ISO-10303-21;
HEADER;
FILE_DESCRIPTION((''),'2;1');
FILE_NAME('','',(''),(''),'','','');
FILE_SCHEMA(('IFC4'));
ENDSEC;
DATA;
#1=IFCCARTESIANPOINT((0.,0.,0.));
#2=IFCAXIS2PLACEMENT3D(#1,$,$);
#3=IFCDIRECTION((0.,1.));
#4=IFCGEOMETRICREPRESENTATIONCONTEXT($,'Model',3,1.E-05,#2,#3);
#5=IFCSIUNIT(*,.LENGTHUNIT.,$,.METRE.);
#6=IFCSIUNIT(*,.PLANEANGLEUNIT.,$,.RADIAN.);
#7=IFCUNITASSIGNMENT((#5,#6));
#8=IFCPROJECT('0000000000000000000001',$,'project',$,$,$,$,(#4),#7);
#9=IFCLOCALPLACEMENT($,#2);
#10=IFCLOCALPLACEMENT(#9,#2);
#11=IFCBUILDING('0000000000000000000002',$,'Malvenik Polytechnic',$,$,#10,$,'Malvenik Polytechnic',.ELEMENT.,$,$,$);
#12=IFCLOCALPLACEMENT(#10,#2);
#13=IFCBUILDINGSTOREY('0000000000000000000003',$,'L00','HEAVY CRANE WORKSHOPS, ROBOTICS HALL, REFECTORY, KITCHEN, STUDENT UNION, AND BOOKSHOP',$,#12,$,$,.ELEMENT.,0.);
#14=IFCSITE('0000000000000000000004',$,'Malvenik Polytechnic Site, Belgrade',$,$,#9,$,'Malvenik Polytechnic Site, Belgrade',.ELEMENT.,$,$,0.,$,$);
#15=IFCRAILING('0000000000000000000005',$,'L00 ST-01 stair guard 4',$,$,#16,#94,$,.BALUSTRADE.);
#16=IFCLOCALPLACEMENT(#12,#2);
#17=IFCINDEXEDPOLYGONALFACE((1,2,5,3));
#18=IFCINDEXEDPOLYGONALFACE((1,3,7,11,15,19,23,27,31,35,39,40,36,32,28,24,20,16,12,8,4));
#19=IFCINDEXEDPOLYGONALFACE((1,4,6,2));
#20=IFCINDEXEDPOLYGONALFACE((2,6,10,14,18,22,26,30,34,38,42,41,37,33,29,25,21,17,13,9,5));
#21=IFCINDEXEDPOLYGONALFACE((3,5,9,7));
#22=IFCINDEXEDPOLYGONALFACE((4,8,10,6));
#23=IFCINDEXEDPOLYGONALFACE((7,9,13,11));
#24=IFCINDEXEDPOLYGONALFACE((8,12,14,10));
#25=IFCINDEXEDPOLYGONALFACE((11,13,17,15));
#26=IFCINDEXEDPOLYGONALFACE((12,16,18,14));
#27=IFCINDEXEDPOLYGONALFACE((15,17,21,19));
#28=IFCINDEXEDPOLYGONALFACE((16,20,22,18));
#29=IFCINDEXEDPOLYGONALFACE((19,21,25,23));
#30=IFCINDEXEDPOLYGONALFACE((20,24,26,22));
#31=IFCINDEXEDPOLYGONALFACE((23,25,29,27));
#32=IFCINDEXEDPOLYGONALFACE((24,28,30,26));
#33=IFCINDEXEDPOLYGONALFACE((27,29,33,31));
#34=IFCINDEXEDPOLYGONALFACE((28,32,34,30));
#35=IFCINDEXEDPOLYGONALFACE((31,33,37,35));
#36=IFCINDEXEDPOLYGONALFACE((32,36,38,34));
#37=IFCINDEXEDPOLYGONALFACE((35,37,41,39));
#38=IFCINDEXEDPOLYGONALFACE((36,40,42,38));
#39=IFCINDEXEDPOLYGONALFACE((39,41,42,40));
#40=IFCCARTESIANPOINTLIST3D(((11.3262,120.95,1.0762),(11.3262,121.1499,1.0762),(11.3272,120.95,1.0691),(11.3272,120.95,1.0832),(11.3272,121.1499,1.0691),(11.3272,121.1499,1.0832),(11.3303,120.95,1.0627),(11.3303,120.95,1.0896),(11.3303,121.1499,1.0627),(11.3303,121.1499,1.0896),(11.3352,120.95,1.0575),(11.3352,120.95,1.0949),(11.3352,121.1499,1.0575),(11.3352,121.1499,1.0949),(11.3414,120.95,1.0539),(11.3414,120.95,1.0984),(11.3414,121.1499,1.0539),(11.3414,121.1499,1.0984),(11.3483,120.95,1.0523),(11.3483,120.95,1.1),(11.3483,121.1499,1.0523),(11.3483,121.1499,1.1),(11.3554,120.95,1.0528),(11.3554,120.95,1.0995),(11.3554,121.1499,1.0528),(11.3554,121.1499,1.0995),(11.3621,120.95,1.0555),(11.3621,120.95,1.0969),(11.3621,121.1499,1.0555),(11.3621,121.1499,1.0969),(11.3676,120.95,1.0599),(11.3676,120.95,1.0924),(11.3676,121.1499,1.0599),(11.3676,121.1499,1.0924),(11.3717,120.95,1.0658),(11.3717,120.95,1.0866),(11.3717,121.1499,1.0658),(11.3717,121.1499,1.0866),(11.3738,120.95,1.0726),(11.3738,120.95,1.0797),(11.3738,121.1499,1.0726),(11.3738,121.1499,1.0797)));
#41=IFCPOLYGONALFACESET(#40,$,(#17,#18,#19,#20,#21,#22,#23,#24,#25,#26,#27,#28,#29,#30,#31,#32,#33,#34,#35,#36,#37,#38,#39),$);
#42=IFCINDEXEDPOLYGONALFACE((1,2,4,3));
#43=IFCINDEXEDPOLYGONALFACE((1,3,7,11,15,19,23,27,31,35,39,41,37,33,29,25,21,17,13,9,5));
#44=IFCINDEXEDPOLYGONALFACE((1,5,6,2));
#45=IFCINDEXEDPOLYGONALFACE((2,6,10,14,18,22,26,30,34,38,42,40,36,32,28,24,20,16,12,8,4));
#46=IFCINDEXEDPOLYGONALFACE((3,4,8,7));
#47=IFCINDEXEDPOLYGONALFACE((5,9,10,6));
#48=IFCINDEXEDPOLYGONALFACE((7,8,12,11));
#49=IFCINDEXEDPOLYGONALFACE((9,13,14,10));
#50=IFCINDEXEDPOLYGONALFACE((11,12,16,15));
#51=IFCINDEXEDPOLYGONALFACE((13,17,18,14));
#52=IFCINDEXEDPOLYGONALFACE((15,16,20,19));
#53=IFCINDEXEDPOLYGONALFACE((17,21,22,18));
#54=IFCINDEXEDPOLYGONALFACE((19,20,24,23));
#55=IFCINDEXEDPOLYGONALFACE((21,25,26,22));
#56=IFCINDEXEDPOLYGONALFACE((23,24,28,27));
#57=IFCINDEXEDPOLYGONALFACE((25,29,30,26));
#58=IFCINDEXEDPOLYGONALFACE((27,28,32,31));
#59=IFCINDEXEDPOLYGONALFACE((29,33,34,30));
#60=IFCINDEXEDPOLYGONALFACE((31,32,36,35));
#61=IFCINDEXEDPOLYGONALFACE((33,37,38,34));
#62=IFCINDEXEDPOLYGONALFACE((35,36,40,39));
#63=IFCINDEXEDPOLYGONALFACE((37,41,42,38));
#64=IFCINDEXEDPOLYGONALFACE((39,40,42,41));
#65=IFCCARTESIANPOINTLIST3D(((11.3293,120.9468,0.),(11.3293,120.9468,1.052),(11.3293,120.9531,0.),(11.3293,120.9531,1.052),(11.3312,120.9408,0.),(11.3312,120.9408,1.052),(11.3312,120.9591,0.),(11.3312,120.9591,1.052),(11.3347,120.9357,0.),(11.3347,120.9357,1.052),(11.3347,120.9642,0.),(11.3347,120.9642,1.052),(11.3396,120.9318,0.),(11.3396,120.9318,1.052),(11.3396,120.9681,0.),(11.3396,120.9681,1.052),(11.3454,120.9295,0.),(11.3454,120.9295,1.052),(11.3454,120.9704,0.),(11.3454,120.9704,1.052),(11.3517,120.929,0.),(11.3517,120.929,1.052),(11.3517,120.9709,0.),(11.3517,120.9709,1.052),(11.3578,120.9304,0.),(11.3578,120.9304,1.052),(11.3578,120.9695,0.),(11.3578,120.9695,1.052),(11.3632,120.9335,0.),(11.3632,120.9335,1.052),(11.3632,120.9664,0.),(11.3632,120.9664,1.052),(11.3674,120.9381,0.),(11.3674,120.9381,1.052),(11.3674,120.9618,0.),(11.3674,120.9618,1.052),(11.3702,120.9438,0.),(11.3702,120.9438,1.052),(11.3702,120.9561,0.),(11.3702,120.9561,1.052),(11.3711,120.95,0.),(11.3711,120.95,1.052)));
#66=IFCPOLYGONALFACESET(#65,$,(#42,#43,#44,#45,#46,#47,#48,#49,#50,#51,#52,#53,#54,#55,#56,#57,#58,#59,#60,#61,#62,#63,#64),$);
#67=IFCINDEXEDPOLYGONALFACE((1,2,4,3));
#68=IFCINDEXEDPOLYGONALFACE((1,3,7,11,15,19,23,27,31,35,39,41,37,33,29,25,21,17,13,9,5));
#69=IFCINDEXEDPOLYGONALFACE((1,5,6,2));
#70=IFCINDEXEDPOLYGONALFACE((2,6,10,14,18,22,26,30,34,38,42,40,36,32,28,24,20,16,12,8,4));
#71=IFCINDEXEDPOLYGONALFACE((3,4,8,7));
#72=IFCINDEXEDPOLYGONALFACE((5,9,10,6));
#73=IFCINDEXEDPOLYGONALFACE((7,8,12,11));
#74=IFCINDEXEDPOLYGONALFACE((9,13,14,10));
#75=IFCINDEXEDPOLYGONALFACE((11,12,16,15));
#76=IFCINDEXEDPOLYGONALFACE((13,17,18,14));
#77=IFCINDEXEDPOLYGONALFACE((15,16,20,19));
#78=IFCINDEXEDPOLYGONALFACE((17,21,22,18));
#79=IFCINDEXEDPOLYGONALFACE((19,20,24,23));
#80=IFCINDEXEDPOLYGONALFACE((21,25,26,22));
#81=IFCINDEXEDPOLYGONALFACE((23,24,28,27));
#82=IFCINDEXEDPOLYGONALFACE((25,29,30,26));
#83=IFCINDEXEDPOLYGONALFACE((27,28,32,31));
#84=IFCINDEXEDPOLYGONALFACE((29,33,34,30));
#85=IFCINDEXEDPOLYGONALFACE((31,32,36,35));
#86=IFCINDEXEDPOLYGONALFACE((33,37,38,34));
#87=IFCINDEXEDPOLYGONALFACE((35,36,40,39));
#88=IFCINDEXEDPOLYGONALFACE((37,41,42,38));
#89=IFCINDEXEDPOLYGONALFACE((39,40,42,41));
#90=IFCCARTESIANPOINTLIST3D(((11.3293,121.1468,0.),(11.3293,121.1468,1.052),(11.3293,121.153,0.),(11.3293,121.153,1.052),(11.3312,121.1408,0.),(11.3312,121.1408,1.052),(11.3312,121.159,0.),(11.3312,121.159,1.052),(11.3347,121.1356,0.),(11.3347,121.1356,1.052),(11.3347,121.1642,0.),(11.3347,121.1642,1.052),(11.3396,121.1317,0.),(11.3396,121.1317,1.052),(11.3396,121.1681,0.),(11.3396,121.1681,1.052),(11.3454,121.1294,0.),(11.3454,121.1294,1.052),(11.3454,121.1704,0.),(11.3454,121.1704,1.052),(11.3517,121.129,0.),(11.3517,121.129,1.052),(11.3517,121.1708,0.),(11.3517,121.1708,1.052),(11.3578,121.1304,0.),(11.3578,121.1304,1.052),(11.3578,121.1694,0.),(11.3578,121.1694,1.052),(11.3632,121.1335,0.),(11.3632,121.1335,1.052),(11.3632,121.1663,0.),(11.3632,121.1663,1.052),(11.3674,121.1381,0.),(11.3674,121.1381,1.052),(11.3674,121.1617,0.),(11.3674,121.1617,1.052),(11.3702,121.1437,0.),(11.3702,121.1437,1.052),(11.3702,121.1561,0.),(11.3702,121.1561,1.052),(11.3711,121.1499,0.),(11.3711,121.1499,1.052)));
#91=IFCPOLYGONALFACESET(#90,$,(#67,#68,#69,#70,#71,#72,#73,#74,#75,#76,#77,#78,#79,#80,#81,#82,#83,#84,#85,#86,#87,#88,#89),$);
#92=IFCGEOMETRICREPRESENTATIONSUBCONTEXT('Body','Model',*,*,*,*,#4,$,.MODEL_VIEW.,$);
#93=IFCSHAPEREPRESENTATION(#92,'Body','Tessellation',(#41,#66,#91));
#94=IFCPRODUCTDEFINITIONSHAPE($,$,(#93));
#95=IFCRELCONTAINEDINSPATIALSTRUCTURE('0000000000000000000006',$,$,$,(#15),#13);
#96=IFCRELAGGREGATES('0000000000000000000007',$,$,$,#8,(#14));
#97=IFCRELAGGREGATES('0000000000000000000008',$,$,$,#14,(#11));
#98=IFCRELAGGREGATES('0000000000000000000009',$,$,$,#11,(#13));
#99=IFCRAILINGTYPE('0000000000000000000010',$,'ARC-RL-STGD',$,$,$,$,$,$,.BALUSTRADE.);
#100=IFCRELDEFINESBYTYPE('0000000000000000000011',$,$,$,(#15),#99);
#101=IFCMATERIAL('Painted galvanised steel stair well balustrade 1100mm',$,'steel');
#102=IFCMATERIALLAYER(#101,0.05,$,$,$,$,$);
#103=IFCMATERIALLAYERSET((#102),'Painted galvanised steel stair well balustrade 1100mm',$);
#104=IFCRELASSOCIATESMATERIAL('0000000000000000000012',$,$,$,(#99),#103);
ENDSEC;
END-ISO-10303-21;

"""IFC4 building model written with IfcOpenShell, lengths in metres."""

from ifc_helpers import new_model, si_unit, direction, frame, origin, origin_2d, place, context, subcontext, project, spatial, circle, extrude, material, layer, layer_set, type_object, element, save


model = new_model("IFC4")

# Units and contexts
model_context = context("Model", 3, precision=1e-05, world=origin(), true_north=direction((0.0, 1.0)))
body_context = subcontext(model_context, "Body", "Model", "MODEL_VIEW")
ifc_project = project(units=[si_unit("LENGTHUNIT", "METRE"), si_unit("PLANEANGLEUNIT", "RADIAN")], contexts=[model_context])

# Site, building, storey
site_placement = place(None, origin())
site = spatial("IfcSite", under=ifc_project, at=site_placement, Name="Malvenik Polytechnic Site, Belgrade", LongName="Malvenik Polytechnic Site, Belgrade", CompositionType="ELEMENT", RefElevation=0.0)
building_placement = place(site_placement, origin())
building = spatial("IfcBuilding", under=site, at=building_placement, Name="Malvenik Polytechnic", LongName="Malvenik Polytechnic", CompositionType="ELEMENT")
storey_placement = place(building_placement, origin())
storey = spatial("IfcBuildingStorey", under=building, at=storey_placement, Name="L00", Description="HEAVY CRANE WORKSHOPS, ROBOTICS HALL, REFECTORY, KITCHEN, STUDENT UNION, AND BOOKSHOP", CompositionType="ELEMENT", Elevation=0.0)

# Railing
ifc_material_1 = material(Name="Painted galvanised steel stair well balustrade 1100mm", Category="steel")
ifc_layer_1 = layer(ifc_material_1, 0.05)
ifc_layer_set_1 = layer_set([ifc_layer_1], Name="Painted galvanised steel stair well balustrade 1100mm")
railing_type_1 = type_object("IfcRailingType", Name="ARC-RL-STGD", PredefinedType="BALUSTRADE", material=ifc_layer_set_1)
railing_1_placement = place(storey_placement, frame((11.3501, 120.95, 0.0)))
element("IfcRailing", 1, at=railing_1_placement, inside=storey, type_object=railing_type_1, Name="L00 ST-01 stair guard 4", PredefinedType="BALUSTRADE", context=body_context, shape_type="SweptSolid", body=[
    extrude(circle(Radius=0.0239, at=origin_2d()), frame((0.0, 0.0, 1.0762), z_axis=(0.0, 1.0, 0.0), x_axis=(-1.0, 0.0, 0.0)), (0.0, 0.0, 1.0), 0.2),
    extrude(circle(Radius=0.021, at=origin_2d()), origin(), (0.0, 0.0, 1.0), 1.052),
    extrude(circle(Radius=0.021, at=origin_2d()), frame((0.0, 0.2, 0.0)), (0.0, 0.0, 1.0), 1.052),
])

save(model, "model.ifc")
